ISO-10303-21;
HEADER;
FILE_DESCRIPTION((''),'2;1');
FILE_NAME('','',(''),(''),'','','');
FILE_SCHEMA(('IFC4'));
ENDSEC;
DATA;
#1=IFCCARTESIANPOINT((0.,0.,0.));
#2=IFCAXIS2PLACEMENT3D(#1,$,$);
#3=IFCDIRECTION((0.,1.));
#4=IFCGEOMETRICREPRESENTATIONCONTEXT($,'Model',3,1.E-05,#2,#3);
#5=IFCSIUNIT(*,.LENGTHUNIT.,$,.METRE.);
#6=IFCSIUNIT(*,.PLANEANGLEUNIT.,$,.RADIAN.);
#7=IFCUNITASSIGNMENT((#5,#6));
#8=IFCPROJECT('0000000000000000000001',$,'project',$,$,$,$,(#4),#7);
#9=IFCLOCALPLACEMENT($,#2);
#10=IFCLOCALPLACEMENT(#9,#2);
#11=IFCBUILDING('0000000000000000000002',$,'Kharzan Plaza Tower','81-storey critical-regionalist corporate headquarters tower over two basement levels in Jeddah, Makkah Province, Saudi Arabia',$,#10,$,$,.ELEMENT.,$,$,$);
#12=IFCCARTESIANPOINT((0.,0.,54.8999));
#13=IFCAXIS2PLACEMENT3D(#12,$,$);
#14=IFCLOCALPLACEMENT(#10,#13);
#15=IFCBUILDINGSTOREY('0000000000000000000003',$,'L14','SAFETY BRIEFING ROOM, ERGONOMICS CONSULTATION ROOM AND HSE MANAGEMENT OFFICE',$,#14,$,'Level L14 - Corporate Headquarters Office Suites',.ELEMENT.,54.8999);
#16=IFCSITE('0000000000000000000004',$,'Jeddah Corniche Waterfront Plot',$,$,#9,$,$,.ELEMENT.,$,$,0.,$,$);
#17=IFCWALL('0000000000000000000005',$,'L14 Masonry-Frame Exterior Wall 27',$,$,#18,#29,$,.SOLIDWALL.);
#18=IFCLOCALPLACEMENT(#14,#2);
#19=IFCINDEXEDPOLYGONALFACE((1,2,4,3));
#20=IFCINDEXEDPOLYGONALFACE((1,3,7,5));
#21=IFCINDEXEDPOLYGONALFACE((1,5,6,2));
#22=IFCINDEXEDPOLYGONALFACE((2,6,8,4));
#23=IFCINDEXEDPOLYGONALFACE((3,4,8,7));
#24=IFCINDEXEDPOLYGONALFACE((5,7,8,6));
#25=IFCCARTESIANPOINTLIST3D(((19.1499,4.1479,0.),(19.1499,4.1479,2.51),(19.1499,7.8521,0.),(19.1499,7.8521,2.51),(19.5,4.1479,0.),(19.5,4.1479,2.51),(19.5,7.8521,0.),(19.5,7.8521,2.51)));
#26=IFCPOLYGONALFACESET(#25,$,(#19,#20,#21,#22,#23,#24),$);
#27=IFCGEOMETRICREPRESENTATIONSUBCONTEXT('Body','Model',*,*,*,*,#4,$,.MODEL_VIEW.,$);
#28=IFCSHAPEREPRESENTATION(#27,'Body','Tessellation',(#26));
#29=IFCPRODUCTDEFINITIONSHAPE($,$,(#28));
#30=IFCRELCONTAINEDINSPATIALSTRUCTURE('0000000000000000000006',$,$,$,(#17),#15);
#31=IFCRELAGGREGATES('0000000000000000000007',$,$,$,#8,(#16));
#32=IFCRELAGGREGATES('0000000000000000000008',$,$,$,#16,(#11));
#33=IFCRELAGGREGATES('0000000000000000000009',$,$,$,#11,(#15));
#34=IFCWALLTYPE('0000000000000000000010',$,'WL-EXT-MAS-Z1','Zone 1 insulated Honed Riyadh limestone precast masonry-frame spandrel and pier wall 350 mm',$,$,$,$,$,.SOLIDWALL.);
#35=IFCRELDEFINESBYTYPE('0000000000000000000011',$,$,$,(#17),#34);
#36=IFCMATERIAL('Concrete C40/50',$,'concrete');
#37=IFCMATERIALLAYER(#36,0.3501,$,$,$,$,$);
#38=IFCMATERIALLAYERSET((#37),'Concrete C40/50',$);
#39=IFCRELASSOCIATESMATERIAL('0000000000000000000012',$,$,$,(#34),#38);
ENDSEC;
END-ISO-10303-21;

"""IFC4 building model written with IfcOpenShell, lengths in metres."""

from ifc_helpers import new_model, si_unit, direction, frame, frame_2d, origin, place, context, subcontext, project, spatial, rectangle, extrude, source, transform, mapped, material, layer, layer_set, type_object, element, save


model = new_model("IFC4")

# Units and contexts
model_context = context("Model", 3, precision=1e-05, world=origin(), true_north=direction((0.0, 1.0)))
body_context = subcontext(model_context, "Body", "Model", "MODEL_VIEW")
ifc_project = project(units=[si_unit("LENGTHUNIT", "METRE"), si_unit("PLANEANGLEUNIT", "RADIAN")], contexts=[model_context])

# Site, building, storey
site_placement = place(None, origin())
site = spatial("IfcSite", under=ifc_project, at=site_placement, Name="Jeddah Corniche Waterfront Plot", CompositionType="ELEMENT", RefElevation=0.0)
building_placement = place(site_placement, origin())
building = spatial("IfcBuilding", under=site, at=building_placement, Name="Kharzan Plaza Tower", Description="81-storey critical-regionalist corporate headquarters tower over two basement levels in Jeddah, Makkah Province, Saudi Arabia", CompositionType="ELEMENT")
storey_placement = place(building_placement, frame((0.0, 0.0, 54.8999)))
storey = spatial("IfcBuildingStorey", under=building, at=storey_placement, Name="L14", Description="SAFETY BRIEFING ROOM, ERGONOMICS CONSULTATION ROOM AND HSE MANAGEMENT OFFICE", LongName="Level L14 - Corporate Headquarters Office Suites", CompositionType="ELEMENT", Elevation=54.8999)

# Shared definitions
ifc_material_1 = material(Name="Concrete C40/50", Category="concrete")
ifc_layer_1 = layer(ifc_material_1, 0.3501)
ifc_layer_set_1 = layer_set([ifc_layer_1], Name="Concrete C40/50")
wall_type_1 = type_object("IfcWallType", Name="WL-EXT-MAS-Z1", Description="Zone 1 insulated Honed Riyadh limestone precast masonry-frame spandrel and pier wall 350 mm", PredefinedType="SOLIDWALL", material=ifc_layer_set_1)

# Wall
shared_shape_1 = source(origin(), body_context, "Body", "SweptSolid", [
    extrude(rectangle(XDim=3.7041, YDim=0.3501, at=frame_2d((1.8521, 0.0))), origin(), (0.0, 0.0, 1.0), 2.51),
])
wall_1_placement = place(storey_placement, frame((19.325, 4.1479, 0.0), z_axis=(0.0, 0.0, 1.0), x_axis=(0.0, 1.0, 0.0)))
element("IfcWall", 1, at=wall_1_placement, inside=storey, type_object=wall_type_1, Name="L14 Masonry-Frame Exterior Wall 27", PredefinedType="SOLIDWALL", context=body_context, shape_type="MappedRepresentation", body=[
    mapped(shared_shape_1, transform((0.0, 0.0, 0.0), x_axis=(1.0, 0.0, 0.0), y_axis=(0.0, 1.0, 0.0), z_axis=(0.0, 0.0, 1.0))),
])

save(model, "model.ifc")
